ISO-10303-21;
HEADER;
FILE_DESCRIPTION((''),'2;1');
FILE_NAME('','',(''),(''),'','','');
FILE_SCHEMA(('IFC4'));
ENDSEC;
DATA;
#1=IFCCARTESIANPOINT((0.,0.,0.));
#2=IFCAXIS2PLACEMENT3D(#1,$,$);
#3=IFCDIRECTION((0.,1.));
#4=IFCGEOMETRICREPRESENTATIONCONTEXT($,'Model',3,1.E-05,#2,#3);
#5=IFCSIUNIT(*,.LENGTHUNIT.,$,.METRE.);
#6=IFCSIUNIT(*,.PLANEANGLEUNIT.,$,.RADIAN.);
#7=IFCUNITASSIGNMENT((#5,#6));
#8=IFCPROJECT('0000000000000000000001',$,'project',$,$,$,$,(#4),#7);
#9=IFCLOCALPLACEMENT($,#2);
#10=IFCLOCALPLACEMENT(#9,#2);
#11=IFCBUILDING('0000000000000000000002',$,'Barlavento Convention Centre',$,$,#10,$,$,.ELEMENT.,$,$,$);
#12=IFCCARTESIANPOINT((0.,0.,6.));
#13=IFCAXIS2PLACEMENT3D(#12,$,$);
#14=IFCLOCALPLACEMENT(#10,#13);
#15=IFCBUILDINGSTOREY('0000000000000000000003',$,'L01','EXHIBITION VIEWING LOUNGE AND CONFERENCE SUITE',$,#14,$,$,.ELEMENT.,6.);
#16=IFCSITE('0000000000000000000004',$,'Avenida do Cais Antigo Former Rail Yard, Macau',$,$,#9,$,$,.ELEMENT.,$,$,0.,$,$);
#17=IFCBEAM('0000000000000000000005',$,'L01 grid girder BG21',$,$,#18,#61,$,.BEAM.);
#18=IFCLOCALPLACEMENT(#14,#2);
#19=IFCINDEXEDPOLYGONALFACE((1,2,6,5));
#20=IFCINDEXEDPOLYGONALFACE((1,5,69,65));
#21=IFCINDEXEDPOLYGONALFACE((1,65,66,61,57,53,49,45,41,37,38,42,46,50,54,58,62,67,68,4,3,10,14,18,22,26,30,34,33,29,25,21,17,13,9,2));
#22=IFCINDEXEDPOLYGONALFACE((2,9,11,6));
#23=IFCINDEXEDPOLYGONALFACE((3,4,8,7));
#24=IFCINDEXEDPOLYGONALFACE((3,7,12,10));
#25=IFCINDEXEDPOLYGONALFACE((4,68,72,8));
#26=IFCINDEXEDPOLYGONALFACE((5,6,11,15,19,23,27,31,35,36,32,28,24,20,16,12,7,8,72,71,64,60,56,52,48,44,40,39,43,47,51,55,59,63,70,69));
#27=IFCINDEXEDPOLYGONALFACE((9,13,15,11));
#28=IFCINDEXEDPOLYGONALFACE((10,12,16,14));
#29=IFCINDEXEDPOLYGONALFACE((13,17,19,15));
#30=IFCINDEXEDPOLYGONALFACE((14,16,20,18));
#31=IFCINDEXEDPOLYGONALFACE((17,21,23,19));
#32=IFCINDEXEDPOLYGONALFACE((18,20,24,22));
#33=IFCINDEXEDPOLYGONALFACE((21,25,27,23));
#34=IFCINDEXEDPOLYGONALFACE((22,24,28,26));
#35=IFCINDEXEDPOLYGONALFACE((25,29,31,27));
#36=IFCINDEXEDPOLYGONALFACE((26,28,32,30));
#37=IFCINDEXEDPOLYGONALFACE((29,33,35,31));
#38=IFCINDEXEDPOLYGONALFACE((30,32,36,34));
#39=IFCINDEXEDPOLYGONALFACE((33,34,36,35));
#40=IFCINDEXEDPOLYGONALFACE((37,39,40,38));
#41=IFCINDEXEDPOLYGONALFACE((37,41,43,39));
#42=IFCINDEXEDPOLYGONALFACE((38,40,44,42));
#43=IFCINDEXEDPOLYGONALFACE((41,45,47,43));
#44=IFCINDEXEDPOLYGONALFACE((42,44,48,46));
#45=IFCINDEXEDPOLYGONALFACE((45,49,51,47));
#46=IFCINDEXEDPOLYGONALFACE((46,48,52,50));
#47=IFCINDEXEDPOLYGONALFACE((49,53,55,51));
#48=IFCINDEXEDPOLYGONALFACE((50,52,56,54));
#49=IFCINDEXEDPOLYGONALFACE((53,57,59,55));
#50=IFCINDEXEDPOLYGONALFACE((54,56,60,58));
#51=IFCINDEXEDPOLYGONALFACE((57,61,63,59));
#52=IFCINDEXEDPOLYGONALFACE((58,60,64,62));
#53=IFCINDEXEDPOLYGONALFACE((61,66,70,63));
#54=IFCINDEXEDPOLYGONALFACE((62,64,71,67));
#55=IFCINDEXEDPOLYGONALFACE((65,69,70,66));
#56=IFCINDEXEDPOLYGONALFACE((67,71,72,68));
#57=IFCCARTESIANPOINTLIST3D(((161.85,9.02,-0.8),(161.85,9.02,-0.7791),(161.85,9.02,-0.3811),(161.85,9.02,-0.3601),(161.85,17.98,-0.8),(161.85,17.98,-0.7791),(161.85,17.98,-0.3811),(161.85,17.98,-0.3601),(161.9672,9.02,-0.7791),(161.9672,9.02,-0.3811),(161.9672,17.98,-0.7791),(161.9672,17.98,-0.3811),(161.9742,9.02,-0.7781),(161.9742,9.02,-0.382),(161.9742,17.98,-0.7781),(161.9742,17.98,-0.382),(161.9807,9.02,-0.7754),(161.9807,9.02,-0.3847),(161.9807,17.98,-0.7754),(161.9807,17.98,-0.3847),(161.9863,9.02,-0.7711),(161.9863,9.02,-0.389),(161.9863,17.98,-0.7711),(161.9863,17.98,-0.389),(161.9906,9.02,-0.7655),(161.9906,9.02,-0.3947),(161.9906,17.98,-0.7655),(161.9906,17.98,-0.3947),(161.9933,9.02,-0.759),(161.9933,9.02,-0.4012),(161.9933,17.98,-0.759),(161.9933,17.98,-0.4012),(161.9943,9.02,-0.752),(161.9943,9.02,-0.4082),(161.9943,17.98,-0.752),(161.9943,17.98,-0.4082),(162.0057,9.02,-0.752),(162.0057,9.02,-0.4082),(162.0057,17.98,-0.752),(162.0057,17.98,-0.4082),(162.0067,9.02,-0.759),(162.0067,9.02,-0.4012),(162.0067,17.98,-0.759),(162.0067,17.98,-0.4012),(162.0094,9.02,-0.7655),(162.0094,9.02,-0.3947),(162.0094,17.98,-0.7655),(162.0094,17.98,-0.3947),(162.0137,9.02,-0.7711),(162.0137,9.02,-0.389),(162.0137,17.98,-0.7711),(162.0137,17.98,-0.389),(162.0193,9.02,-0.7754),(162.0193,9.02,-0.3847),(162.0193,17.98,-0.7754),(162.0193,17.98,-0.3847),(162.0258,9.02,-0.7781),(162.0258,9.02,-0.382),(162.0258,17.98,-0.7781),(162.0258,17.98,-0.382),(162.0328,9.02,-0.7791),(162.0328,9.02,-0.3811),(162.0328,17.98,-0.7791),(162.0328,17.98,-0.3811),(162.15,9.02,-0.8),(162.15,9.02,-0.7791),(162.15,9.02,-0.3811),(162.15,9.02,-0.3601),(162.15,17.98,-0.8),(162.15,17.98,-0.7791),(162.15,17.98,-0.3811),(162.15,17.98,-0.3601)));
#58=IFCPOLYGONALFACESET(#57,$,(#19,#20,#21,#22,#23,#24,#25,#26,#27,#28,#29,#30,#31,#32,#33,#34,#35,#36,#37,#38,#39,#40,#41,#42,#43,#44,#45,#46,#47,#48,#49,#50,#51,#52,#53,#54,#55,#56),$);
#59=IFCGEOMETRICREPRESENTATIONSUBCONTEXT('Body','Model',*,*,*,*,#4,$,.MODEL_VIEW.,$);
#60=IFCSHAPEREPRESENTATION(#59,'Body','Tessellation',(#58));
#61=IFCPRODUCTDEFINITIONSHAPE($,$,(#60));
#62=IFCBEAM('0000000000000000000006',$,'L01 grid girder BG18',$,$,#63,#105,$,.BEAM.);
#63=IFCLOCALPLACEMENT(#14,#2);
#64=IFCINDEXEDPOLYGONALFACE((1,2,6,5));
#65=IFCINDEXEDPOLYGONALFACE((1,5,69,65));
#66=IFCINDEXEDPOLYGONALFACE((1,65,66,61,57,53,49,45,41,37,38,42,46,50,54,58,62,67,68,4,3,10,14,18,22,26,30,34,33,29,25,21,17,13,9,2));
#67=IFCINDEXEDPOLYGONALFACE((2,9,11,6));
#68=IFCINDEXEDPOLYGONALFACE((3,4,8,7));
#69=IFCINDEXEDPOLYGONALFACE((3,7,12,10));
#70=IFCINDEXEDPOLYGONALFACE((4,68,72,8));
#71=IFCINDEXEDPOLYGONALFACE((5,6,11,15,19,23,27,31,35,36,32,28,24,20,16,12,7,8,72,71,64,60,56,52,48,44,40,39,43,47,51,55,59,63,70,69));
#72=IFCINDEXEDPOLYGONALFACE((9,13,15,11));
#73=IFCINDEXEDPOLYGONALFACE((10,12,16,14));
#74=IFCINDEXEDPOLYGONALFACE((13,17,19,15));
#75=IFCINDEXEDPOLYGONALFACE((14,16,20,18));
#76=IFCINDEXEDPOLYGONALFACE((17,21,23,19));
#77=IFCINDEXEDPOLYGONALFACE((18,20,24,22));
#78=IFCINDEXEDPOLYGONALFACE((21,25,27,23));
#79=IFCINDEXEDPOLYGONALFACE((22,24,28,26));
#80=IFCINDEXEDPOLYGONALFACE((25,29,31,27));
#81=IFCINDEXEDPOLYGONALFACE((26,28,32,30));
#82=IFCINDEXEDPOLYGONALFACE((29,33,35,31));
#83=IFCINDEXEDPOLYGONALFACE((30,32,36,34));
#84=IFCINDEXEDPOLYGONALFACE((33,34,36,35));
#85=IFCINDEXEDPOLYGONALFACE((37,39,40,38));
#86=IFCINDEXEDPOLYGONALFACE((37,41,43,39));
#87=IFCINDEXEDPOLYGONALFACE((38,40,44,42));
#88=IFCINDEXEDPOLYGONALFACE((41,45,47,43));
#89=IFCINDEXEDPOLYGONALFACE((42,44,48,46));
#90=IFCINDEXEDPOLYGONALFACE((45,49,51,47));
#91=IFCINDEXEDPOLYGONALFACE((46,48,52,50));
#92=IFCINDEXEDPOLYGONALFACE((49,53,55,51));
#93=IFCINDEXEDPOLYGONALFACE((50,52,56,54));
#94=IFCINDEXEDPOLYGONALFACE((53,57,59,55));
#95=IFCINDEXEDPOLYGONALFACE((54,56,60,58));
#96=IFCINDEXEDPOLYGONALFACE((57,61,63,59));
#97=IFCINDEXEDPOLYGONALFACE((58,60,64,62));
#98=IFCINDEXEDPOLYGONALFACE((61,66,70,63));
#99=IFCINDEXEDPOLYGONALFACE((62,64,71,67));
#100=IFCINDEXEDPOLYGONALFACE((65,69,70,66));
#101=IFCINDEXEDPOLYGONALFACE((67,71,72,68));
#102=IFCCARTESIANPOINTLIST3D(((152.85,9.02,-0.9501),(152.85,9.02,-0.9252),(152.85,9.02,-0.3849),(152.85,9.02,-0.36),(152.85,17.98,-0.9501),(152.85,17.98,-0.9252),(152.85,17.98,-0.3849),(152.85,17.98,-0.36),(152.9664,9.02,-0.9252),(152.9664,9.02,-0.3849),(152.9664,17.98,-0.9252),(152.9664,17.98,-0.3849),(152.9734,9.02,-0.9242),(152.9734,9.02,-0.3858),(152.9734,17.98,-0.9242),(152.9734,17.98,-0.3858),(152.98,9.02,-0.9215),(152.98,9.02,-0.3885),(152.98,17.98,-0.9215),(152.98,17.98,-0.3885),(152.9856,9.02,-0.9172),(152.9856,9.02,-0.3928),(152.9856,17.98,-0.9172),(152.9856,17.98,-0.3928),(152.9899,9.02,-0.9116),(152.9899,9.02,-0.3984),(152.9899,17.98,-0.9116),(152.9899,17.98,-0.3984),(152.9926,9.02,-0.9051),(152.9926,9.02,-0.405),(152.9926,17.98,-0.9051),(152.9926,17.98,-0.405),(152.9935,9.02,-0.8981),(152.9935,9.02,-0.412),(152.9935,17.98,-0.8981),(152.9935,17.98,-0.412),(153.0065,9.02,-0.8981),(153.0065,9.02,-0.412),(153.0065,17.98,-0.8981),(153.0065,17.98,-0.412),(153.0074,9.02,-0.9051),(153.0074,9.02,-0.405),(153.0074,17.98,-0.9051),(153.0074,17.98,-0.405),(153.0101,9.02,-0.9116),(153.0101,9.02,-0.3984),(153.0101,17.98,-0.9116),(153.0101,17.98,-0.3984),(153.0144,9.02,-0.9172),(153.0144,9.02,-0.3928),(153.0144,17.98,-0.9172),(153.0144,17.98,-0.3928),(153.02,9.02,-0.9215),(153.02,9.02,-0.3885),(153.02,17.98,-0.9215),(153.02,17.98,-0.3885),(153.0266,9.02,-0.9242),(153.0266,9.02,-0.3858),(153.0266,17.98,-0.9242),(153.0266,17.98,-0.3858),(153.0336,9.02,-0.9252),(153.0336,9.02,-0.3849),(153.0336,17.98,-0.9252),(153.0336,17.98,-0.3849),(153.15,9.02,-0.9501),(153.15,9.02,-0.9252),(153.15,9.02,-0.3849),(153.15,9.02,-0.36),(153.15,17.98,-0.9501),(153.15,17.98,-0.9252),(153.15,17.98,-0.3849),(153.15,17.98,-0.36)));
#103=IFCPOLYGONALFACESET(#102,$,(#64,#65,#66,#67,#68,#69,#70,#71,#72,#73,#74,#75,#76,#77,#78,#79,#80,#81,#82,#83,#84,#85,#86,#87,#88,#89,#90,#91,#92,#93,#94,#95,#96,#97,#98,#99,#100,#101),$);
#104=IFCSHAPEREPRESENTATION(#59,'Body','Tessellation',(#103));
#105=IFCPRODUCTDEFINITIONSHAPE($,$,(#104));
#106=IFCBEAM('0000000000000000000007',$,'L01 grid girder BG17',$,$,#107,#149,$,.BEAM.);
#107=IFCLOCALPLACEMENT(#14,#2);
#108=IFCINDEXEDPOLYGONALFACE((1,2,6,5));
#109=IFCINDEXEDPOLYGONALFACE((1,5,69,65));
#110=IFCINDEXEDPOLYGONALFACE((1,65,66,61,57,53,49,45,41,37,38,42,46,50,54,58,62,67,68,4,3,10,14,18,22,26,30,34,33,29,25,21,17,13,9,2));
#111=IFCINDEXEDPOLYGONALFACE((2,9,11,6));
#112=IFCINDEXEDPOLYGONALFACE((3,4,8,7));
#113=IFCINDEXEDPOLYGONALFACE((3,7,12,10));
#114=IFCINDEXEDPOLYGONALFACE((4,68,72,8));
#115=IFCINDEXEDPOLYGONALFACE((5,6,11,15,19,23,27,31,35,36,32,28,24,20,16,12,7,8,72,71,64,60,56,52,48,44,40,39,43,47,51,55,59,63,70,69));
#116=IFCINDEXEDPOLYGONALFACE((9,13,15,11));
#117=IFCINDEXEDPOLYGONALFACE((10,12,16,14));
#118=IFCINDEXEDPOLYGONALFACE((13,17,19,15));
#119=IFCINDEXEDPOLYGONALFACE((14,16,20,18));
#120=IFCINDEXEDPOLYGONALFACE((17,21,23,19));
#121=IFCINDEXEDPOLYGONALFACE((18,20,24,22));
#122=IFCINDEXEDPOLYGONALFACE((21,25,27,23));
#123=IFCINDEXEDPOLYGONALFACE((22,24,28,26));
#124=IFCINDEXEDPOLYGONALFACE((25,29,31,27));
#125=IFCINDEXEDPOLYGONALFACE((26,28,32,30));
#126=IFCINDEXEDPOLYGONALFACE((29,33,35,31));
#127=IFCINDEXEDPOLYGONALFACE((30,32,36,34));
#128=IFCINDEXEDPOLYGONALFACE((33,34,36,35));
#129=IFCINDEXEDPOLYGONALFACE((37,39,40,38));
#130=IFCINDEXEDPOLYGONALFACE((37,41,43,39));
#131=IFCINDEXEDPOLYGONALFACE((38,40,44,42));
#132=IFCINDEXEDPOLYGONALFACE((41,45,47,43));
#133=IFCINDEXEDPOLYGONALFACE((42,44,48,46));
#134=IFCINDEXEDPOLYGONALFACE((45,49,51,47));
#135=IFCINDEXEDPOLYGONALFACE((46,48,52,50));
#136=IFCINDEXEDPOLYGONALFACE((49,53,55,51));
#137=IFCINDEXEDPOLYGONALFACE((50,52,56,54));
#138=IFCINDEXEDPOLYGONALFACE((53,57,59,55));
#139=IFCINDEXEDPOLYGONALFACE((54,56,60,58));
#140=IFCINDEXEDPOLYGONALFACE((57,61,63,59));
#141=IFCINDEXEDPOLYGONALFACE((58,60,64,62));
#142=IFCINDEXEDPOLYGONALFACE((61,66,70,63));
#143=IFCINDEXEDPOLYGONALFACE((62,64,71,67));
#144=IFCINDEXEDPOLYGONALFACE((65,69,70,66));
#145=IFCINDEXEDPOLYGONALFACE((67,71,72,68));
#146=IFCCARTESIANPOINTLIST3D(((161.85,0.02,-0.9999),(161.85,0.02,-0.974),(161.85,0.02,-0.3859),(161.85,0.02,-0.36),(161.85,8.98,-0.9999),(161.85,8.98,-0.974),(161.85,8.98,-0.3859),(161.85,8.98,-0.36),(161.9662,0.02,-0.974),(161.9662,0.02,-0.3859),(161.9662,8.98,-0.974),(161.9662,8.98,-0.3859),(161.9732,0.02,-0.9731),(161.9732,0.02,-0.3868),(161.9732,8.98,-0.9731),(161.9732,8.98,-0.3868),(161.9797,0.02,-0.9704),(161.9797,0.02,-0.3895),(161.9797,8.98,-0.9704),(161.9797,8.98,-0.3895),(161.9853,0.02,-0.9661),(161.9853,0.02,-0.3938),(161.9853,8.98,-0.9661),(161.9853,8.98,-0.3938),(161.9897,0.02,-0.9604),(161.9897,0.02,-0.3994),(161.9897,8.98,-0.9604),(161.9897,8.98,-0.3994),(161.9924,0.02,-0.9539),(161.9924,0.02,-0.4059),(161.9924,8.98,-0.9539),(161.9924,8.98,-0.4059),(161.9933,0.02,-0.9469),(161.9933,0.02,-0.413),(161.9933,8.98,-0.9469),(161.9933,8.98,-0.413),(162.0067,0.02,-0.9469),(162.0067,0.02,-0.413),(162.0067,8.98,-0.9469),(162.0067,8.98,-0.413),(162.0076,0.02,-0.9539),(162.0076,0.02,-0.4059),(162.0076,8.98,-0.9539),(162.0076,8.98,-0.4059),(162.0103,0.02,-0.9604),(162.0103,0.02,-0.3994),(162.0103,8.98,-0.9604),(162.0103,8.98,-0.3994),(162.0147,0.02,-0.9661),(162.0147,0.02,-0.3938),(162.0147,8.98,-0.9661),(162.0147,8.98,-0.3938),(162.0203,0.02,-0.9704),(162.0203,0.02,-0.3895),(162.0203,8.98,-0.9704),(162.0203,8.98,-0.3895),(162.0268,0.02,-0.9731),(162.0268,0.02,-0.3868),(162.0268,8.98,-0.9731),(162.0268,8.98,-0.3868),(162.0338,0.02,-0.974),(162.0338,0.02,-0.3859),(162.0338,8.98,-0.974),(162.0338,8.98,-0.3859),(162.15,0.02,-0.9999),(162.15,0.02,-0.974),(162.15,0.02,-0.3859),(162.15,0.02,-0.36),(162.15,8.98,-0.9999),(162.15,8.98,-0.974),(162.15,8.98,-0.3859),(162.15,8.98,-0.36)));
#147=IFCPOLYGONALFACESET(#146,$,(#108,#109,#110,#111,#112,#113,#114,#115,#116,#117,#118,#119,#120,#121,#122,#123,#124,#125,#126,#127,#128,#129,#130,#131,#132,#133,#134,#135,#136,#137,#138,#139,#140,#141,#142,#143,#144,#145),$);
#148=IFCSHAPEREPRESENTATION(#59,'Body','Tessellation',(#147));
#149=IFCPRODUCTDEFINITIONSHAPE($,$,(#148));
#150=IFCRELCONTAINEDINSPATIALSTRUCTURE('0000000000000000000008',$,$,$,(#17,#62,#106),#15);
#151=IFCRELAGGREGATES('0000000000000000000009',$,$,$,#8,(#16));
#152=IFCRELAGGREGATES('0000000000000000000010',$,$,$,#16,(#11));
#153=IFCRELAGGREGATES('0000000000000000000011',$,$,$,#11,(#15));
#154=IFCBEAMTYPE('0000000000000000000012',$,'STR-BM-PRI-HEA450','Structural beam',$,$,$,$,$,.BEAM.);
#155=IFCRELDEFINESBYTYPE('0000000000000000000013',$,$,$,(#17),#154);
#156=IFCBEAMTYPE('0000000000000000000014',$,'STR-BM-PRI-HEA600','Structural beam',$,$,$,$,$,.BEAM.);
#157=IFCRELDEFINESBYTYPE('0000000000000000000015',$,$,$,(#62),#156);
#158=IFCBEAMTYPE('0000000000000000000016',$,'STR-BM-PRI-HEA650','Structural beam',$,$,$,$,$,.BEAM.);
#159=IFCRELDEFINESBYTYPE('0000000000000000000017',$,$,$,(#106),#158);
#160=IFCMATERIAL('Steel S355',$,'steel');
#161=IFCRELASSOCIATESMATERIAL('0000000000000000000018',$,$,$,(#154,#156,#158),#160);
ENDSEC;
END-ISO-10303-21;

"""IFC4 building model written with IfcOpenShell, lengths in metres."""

from ifc_helpers import new_model, si_unit, direction, frame, origin, origin_2d, place, context, subcontext, project, spatial, i_section, extrude, material, material_profile, profile_set, type_object, element, save


model = new_model("IFC4")

# Units and contexts
model_context = context("Model", 3, precision=1e-05, world=origin(), true_north=direction((0.0, 1.0)))
body_context = subcontext(model_context, "Body", "Model", "MODEL_VIEW")
ifc_project = project(units=[si_unit("LENGTHUNIT", "METRE"), si_unit("PLANEANGLEUNIT", "RADIAN")], contexts=[model_context])

# Site, building, storey
site_placement = place(None, origin())
site = spatial("IfcSite", under=ifc_project, at=site_placement, Name="Avenida do Cais Antigo Former Rail Yard, Macau", CompositionType="ELEMENT", RefElevation=0.0)
building_placement = place(site_placement, origin())
building = spatial("IfcBuilding", under=site, at=building_placement, Name="Barlavento Convention Centre", CompositionType="ELEMENT")
storey_placement = place(building_placement, frame((0.0, 0.0, 6.0)))
storey = spatial("IfcBuildingStorey", under=building, at=storey_placement, Name="L01", Description="EXHIBITION VIEWING LOUNGE AND CONFERENCE SUITE", CompositionType="ELEMENT", Elevation=6.0)

# Shared definitions
ifc_material_1 = material(Name="Steel S355", Category="steel")

# Beams
ifc_material_profile_1 = material_profile(ifc_material_1, i_section(OverallWidth=0.3, OverallDepth=0.4399, WebThickness=0.0115, FlangeThickness=0.021, FilletRadius=0.0271, at=origin_2d()), Name="HEA 450")
ifc_profile_set_1 = profile_set([ifc_material_profile_1], Name="Steel S355")
beam_type_1 = type_object("IfcBeamType", Name="STR-BM-PRI-HEA450", Description="Structural beam", PredefinedType="BEAM", material=ifc_profile_set_1)
beam_1_placement = place(storey_placement, frame((162.0, 9.02, -0.5801), z_axis=(0.0, 1.0, 0.0), x_axis=(-1.0, 0.0, 0.0)))
element("IfcBeam", 1, at=beam_1_placement, inside=storey, type_object=beam_type_1, Name="L01 grid girder BG21", PredefinedType="BEAM", context=body_context, shape_type="SweptSolid", body=[
    extrude(i_section(OverallWidth=0.3, OverallDepth=0.4399, WebThickness=0.0115, FlangeThickness=0.021, FilletRadius=0.0271, at=origin_2d()), origin(), (0.0, 0.0, 1.0), 8.96),
])
ifc_material_profile_2 = material_profile(ifc_material_1, i_section(OverallWidth=0.3, OverallDepth=0.5901, WebThickness=0.0129, FlangeThickness=0.0249, FilletRadius=0.0271, at=origin_2d()), Name="HEA 600")
ifc_profile_set_2 = profile_set([ifc_material_profile_2], Name="Steel S355")
beam_type_2 = type_object("IfcBeamType", Name="STR-BM-PRI-HEA600", Description="Structural beam", PredefinedType="BEAM", material=ifc_profile_set_2)
beam_2_placement = place(storey_placement, frame((153.0, 9.02, -0.655), z_axis=(0.0, 1.0, 0.0), x_axis=(-1.0, 0.0, 0.0)))
element("IfcBeam", 2, at=beam_2_placement, inside=storey, type_object=beam_type_2, Name="L01 grid girder BG18", PredefinedType="BEAM", context=body_context, shape_type="SweptSolid", body=[
    extrude(i_section(OverallWidth=0.3, OverallDepth=0.5901, WebThickness=0.0129, FlangeThickness=0.0249, FilletRadius=0.0271, at=origin_2d()), origin(), (0.0, 0.0, 1.0), 8.96),
])
ifc_material_profile_3 = material_profile(ifc_material_1, i_section(OverallWidth=0.3, OverallDepth=0.6399, WebThickness=0.0134, FlangeThickness=0.0259, FilletRadius=0.0271, at=origin_2d()), Name="HEA 650")
ifc_profile_set_3 = profile_set([ifc_material_profile_3], Name="Steel S355")
beam_type_3 = type_object("IfcBeamType", Name="STR-BM-PRI-HEA650", Description="Structural beam", PredefinedType="BEAM", material=ifc_profile_set_3)
beam_3_placement = place(storey_placement, frame((162.0, 0.02, -0.6799), z_axis=(0.0, 1.0, 0.0), x_axis=(-1.0, 0.0, 0.0)))
element("IfcBeam", 3, at=beam_3_placement, inside=storey, type_object=beam_type_3, Name="L01 grid girder BG17", PredefinedType="BEAM", context=body_context, shape_type="SweptSolid", body=[
    extrude(i_section(OverallWidth=0.3, OverallDepth=0.6399, WebThickness=0.0134, FlangeThickness=0.0259, FilletRadius=0.0271, at=origin_2d()), origin(), (0.0, 0.0, 1.0), 8.96),
])

save(model, "model.ifc")
